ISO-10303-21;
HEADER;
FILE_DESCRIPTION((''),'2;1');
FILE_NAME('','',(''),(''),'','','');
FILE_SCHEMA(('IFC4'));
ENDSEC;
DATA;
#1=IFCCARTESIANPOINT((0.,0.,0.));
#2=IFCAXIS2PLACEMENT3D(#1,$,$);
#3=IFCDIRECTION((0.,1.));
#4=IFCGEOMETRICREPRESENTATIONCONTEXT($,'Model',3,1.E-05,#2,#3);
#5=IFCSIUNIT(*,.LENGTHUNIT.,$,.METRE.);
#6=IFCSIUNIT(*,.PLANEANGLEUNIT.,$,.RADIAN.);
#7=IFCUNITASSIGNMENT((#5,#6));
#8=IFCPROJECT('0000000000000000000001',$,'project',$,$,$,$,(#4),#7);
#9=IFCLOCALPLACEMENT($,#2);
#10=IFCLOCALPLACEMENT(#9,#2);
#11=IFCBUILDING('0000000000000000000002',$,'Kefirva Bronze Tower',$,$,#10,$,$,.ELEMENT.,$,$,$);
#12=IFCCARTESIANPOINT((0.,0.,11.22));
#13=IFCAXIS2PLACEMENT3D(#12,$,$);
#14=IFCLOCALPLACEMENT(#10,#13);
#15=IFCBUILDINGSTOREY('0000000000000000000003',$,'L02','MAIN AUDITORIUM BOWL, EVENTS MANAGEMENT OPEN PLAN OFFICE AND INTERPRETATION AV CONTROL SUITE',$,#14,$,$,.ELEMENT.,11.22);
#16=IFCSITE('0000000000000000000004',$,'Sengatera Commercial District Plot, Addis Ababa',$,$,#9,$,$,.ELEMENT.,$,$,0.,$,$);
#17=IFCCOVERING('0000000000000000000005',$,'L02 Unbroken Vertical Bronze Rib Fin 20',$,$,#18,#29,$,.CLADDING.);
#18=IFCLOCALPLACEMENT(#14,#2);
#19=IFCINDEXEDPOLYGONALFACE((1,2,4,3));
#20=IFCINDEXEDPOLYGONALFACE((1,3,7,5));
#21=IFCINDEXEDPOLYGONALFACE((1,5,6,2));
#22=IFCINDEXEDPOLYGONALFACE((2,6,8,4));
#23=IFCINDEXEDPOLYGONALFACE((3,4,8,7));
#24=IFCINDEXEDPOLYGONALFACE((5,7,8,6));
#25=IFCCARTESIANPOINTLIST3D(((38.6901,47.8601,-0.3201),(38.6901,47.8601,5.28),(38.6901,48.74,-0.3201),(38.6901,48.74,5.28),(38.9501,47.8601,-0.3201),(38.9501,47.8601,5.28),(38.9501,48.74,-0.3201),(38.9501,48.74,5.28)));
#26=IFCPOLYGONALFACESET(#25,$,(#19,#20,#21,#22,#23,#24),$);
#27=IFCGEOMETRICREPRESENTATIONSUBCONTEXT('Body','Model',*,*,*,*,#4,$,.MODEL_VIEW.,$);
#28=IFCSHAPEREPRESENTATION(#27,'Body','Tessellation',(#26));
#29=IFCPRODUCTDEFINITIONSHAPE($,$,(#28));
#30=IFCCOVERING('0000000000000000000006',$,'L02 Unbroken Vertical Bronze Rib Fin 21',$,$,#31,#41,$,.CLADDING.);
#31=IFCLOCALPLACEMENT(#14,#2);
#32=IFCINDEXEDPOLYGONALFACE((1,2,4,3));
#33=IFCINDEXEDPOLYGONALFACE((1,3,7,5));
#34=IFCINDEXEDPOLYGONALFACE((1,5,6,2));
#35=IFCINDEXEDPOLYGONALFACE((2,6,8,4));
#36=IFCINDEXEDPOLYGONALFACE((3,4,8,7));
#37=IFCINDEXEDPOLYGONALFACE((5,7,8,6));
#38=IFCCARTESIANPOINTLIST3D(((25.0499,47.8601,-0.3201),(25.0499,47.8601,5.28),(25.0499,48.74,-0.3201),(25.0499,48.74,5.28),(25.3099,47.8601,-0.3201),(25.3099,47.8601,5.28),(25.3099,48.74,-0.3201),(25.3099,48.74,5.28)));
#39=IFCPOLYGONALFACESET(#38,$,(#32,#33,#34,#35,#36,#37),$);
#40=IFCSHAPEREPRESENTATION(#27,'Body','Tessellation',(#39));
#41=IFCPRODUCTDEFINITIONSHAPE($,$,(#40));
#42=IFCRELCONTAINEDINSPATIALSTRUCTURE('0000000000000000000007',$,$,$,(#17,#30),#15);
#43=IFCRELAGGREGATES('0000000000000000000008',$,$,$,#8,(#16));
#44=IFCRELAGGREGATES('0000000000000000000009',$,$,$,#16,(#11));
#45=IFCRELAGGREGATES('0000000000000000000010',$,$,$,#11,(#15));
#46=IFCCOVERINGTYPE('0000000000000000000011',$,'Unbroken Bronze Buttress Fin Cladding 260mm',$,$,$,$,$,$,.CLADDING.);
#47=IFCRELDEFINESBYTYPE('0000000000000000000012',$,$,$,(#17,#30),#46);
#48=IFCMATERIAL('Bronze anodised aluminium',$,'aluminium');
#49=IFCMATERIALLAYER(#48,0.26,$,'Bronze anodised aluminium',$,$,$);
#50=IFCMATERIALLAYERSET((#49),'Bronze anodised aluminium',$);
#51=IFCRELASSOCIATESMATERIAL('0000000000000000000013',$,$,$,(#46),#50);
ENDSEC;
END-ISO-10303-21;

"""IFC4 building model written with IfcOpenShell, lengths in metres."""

from ifc_helpers import new_model, si_unit, direction, frame, origin, origin_2d, place, context, subcontext, project, spatial, rectangle, extrude, material, layer, layer_set, type_object, element, save


model = new_model("IFC4")

# Units and contexts
model_context = context("Model", 3, precision=1e-05, world=origin(), true_north=direction((0.0, 1.0)))
body_context = subcontext(model_context, "Body", "Model", "MODEL_VIEW")
ifc_project = project(units=[si_unit("LENGTHUNIT", "METRE"), si_unit("PLANEANGLEUNIT", "RADIAN")], contexts=[model_context])

# Site, building, storey
site_placement = place(None, origin())
site = spatial("IfcSite", under=ifc_project, at=site_placement, Name="Sengatera Commercial District Plot, Addis Ababa", CompositionType="ELEMENT", RefElevation=0.0)
building_placement = place(site_placement, origin())
building = spatial("IfcBuilding", under=site, at=building_placement, Name="Kefirva Bronze Tower", CompositionType="ELEMENT")
storey_placement = place(building_placement, frame((0.0, 0.0, 11.22)))
storey = spatial("IfcBuildingStorey", under=building, at=storey_placement, Name="L02", Description="MAIN AUDITORIUM BOWL, EVENTS MANAGEMENT OPEN PLAN OFFICE AND INTERPRETATION AV CONTROL SUITE", CompositionType="ELEMENT", Elevation=11.22)

# Shared definitions
ifc_material_1 = material(Name="Bronze anodised aluminium", Category="aluminium")

# Coverings
ifc_layer_1 = layer(ifc_material_1, 0.26, Name="Bronze anodised aluminium")
ifc_layer_set_1 = layer_set([ifc_layer_1], Name="Bronze anodised aluminium")
covering_type_1 = type_object("IfcCoveringType", Name="Unbroken Bronze Buttress Fin Cladding 260mm", PredefinedType="CLADDING", material=ifc_layer_set_1)
for number, where, z_axis, x_axis, name in (
    (1, (38.8201, 48.3, -0.3201), (0.0, 0.0, 1.0), (-1.0, 0.0, 0.0), "L02 Unbroken Vertical Bronze Rib Fin 20"),
    (2, (25.1799, 48.3, -0.3201), (0.0, 0.0, 1.0), (-1.0, 0.0, 0.0), "L02 Unbroken Vertical Bronze Rib Fin 21"),
):
    element("IfcCovering", number, at=place(storey_placement, frame(where, z_axis=z_axis, x_axis=x_axis)), inside=storey, type_object=covering_type_1, Name=name, PredefinedType="CLADDING", context=body_context, shape_type="SweptSolid", body=[
        extrude(rectangle(XDim=0.26, YDim=0.8799, at=origin_2d()), origin(), (0.0, 0.0, 1.0), 5.6001),
    ])

save(model, "model.ifc")
